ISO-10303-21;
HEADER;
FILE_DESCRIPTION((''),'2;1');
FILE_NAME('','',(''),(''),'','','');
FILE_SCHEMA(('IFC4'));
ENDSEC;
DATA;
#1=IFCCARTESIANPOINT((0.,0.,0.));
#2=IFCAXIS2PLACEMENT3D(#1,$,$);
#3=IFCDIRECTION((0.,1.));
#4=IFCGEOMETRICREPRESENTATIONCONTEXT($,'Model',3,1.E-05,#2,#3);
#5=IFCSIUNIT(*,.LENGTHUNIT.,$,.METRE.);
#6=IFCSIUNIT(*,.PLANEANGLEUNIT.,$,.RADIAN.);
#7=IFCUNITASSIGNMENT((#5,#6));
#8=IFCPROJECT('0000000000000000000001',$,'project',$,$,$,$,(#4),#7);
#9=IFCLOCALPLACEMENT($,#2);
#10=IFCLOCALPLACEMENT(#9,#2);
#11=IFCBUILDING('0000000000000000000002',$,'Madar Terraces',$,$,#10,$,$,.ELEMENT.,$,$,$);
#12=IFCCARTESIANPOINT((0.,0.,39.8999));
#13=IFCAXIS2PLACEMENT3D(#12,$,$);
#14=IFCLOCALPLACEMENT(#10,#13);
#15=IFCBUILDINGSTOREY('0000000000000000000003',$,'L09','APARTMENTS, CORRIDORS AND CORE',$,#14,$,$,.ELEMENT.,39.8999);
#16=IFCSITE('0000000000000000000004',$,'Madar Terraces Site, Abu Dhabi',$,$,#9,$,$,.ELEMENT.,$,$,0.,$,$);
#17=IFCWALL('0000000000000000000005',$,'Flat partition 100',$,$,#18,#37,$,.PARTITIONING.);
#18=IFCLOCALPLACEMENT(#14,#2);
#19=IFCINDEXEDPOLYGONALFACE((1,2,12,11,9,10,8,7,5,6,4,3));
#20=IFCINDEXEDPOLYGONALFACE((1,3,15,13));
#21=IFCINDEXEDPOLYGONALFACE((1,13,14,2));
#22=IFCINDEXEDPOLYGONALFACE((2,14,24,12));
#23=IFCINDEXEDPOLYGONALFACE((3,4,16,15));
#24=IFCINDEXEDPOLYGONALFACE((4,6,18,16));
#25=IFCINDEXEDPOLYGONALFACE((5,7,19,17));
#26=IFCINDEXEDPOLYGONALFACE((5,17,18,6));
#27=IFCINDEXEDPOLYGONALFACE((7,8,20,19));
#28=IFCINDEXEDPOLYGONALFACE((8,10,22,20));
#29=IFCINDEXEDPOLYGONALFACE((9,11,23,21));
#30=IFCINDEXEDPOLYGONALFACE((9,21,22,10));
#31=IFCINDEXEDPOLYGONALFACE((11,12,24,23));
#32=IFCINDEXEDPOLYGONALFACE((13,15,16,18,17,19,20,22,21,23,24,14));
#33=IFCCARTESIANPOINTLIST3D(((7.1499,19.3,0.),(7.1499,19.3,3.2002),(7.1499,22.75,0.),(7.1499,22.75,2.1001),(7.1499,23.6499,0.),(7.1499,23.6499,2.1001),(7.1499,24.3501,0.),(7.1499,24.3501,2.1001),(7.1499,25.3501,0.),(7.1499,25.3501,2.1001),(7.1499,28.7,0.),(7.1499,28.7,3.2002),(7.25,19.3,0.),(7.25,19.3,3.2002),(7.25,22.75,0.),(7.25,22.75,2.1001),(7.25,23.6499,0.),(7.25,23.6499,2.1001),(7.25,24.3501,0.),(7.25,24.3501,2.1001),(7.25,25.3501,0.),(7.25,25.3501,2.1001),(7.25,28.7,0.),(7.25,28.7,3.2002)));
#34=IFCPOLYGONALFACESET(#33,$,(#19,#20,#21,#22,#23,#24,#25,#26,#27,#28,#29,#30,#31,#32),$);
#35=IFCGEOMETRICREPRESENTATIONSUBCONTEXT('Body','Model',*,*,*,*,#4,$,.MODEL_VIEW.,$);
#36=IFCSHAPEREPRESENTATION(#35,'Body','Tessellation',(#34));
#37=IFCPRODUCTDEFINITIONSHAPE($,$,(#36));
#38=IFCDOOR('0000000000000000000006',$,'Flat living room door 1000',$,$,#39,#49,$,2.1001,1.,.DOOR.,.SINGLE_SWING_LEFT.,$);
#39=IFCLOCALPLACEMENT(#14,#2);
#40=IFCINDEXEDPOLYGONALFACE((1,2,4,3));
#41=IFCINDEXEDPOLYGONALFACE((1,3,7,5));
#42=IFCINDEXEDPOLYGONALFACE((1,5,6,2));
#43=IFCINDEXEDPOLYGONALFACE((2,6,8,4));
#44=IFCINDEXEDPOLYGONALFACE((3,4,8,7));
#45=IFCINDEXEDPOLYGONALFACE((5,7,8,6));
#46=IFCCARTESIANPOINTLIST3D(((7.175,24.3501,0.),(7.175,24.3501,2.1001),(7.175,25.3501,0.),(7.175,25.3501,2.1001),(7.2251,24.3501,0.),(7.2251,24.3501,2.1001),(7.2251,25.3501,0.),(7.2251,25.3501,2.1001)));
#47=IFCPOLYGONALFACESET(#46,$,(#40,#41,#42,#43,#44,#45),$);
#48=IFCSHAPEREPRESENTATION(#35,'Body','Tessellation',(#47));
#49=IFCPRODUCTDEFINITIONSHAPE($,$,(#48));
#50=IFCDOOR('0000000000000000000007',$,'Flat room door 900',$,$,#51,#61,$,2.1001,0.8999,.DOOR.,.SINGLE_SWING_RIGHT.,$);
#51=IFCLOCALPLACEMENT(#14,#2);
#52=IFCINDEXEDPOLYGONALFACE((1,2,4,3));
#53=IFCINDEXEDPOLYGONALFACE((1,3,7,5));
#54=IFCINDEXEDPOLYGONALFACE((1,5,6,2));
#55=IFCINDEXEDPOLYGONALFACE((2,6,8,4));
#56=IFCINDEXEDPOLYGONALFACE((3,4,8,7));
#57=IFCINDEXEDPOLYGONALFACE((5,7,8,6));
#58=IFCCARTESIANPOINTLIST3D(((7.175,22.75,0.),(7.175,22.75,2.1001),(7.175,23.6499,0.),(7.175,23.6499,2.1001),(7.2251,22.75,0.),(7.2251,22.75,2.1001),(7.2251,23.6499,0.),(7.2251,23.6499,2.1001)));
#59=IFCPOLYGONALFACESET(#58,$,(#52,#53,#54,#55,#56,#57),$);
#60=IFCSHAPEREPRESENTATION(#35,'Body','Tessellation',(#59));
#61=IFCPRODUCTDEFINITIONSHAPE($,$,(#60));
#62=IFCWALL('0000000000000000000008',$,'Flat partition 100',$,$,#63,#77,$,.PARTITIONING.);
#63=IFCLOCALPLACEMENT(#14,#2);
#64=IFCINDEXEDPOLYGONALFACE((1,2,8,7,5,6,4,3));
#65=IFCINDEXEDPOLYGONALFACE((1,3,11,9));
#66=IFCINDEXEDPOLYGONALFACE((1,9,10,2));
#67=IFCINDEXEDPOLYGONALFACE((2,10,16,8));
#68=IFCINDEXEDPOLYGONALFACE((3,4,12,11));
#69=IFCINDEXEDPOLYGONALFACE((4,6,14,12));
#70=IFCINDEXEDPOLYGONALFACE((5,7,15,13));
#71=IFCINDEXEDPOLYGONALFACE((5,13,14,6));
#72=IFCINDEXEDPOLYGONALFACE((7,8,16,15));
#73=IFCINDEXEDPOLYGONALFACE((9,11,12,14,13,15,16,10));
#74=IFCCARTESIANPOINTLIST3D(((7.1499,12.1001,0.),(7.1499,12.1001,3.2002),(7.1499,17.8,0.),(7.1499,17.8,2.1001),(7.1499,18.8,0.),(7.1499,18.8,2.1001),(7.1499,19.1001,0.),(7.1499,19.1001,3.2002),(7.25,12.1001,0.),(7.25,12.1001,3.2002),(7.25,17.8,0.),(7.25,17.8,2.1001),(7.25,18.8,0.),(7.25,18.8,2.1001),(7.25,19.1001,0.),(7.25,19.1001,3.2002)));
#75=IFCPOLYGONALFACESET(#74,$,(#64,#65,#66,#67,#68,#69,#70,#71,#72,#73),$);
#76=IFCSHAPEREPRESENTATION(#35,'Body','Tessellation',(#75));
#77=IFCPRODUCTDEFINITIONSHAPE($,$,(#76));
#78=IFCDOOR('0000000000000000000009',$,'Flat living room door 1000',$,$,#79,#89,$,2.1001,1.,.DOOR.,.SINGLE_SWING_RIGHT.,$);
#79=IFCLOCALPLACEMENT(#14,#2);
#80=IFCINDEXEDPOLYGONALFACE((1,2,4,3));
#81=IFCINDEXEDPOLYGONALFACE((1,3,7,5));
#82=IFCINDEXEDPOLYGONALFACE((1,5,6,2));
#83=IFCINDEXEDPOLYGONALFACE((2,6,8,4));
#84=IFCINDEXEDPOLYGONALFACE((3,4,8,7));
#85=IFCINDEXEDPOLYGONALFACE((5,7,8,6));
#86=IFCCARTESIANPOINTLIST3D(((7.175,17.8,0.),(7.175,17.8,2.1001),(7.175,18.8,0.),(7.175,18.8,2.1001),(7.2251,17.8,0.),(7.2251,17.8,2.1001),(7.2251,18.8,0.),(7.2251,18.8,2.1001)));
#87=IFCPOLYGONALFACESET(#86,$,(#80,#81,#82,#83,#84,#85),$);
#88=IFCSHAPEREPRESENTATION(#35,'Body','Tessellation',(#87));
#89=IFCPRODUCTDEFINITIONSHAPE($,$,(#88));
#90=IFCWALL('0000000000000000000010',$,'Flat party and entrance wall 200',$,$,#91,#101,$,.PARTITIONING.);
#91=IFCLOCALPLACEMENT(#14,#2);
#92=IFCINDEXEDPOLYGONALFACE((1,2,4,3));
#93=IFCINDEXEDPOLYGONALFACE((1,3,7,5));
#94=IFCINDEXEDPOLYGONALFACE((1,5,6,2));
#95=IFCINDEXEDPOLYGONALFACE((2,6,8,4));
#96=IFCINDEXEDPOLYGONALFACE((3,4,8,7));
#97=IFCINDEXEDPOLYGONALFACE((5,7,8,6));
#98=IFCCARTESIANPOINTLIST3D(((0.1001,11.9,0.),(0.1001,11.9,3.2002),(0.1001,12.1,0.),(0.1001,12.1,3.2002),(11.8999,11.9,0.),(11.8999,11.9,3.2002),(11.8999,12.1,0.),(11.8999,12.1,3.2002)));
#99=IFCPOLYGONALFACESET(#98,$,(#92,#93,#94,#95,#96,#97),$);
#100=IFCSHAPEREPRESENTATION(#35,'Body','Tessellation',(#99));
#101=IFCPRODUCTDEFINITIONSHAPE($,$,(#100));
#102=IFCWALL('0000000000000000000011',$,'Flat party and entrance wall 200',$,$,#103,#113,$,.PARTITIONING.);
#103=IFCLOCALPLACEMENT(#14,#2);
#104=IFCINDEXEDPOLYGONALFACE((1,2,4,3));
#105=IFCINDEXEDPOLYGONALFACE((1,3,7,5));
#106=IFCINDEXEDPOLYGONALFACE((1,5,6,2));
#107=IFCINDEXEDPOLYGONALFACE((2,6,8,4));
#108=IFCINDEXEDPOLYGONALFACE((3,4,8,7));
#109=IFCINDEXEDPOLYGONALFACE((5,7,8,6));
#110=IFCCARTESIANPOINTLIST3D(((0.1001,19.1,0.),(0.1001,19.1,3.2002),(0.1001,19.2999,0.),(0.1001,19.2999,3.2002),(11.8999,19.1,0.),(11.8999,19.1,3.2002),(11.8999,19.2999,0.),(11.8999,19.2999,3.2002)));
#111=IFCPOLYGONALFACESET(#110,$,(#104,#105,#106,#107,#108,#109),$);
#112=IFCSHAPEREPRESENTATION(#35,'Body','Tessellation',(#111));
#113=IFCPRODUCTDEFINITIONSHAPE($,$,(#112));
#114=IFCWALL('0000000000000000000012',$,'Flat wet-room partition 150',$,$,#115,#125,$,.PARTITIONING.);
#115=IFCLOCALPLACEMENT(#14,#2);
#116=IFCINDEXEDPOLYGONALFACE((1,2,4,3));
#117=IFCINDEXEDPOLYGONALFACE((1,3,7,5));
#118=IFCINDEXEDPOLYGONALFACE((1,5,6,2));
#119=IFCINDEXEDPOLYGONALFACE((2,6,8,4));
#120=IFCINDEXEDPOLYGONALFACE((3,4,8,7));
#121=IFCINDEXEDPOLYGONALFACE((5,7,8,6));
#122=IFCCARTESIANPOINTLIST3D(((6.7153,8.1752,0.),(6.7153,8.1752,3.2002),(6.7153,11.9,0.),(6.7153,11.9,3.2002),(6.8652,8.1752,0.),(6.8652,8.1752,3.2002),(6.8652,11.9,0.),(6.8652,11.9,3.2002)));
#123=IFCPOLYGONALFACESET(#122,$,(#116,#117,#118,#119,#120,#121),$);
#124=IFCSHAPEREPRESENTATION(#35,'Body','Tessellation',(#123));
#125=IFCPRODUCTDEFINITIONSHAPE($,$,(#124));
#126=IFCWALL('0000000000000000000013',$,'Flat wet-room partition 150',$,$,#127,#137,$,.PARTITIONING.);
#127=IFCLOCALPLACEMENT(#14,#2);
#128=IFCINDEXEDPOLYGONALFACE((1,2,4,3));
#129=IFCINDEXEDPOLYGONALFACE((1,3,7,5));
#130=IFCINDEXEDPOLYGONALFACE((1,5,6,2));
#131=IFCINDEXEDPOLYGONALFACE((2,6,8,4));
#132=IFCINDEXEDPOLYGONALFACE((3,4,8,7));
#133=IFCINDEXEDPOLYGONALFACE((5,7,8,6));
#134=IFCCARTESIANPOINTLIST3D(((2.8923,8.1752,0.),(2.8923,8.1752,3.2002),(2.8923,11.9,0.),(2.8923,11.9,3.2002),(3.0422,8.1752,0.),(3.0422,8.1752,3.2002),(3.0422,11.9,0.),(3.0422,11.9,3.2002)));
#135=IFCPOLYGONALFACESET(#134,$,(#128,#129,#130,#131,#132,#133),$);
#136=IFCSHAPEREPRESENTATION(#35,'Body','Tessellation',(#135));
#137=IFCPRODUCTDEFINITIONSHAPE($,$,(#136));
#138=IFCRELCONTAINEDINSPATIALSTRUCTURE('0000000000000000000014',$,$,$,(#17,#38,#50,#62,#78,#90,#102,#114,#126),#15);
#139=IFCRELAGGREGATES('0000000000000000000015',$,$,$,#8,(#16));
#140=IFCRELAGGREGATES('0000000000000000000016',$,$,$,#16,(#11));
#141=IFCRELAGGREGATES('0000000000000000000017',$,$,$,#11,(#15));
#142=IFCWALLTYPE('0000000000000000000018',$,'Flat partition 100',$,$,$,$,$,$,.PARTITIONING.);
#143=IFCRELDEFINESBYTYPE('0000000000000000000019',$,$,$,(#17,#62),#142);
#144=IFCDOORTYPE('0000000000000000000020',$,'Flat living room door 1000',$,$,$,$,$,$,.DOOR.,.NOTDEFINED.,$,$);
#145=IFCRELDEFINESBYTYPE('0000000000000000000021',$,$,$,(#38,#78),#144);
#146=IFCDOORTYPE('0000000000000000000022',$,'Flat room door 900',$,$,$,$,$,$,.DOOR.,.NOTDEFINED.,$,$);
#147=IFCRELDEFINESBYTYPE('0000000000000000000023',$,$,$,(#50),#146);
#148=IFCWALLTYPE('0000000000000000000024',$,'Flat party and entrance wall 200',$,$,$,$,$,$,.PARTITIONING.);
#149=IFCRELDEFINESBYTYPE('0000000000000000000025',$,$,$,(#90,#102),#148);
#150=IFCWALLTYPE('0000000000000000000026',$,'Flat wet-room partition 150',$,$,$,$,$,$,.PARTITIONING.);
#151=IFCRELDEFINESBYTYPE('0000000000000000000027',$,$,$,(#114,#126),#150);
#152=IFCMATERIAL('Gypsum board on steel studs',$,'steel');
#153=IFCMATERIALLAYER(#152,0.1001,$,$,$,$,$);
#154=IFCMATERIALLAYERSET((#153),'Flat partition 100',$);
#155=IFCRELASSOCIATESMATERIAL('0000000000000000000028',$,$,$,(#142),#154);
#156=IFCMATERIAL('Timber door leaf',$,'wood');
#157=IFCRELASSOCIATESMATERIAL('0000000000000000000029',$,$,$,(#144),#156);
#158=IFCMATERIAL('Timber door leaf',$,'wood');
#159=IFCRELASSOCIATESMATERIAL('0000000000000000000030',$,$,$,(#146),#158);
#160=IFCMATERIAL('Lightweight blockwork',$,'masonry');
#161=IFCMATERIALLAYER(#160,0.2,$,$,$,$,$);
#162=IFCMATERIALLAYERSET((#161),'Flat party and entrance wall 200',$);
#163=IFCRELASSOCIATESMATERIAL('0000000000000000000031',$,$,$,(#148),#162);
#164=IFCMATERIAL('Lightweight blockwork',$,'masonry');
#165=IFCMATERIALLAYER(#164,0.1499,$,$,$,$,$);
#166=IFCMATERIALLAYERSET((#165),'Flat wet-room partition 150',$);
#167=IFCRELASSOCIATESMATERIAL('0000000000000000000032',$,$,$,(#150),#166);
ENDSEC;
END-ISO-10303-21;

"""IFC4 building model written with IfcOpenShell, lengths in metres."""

from ifc_helpers import new_model, si_unit, direction, frame, frame_2d, origin, place, context, subcontext, project, spatial, rectangle, extrude, material, layer, layer_set, type_object, element, fill, save


model = new_model("IFC4")

# Units and contexts
model_context = context("Model", 3, precision=1e-05, world=origin(), true_north=direction((0.0, 1.0)))
body_context = subcontext(model_context, "Body", "Model", "MODEL_VIEW")
ifc_project = project(units=[si_unit("LENGTHUNIT", "METRE"), si_unit("PLANEANGLEUNIT", "RADIAN")], contexts=[model_context])

# Site, building, storey
site_placement = place(None, origin())
site = spatial("IfcSite", under=ifc_project, at=site_placement, Name="Madar Terraces Site, Abu Dhabi", CompositionType="ELEMENT", RefElevation=0.0)
building_placement = place(site_placement, origin())
building = spatial("IfcBuilding", under=site, at=building_placement, Name="Madar Terraces", CompositionType="ELEMENT")
storey_placement = place(building_placement, frame((0.0, 0.0, 39.8999)))
storey = spatial("IfcBuildingStorey", under=building, at=storey_placement, Name="L09", Description="APARTMENTS, CORRIDORS AND CORE", CompositionType="ELEMENT", Elevation=39.8999)

# Shared definitions
ifc_material_1 = material(Name="Gypsum board on steel studs", Category="steel")
ifc_layer_1 = layer(ifc_material_1, 0.1001)
ifc_layer_set_1 = layer_set([ifc_layer_1], Name="Flat partition 100")
wall_type_1 = type_object("IfcWallType", Name="Flat partition 100", PredefinedType="PARTITIONING", material=ifc_layer_set_1)

# Wall, openings, doors
wall_1_placement = place(storey_placement, frame((7.2, 19.3, 0.0), z_axis=(0.0, 0.0, 1.0), x_axis=(0.0, 1.0, 0.0)))
wall_1 = element("IfcWall", 1, at=wall_1_placement, inside=storey, type_object=wall_type_1, Name="Flat partition 100", PredefinedType="PARTITIONING", context=body_context, shape_type="SweptSolid", body=[
    extrude(rectangle(XDim=9.3999, YDim=0.1001, at=frame_2d((4.7, 0.0))), origin(), (0.0, 0.0, 1.0), 3.2002),
])
opening_1_placement = place(wall_1_placement, frame((5.05, 0.0, 0.0)))
opening_1 = element("IfcOpeningElement", 2, at=opening_1_placement, cuts=wall_1, PredefinedType="OPENING", context=body_context, shape_type="SweptSolid", body=[
    extrude(rectangle(XDim=1.0, YDim=2.1001, at=frame_2d((0.5, 1.05))), frame((0.0, 0.0601, 0.0), z_axis=(0.0, -1.0, 0.0), x_axis=(1.0, 0.0, 0.0)), (0.0, 0.0, 1.0), 0.1201),
])
opening_2_placement = place(wall_1_placement, frame((3.45, 0.0, 0.0)))
opening_2 = element("IfcOpeningElement", 3, at=opening_2_placement, cuts=wall_1, PredefinedType="OPENING", context=body_context, shape_type="SweptSolid", body=[
    extrude(rectangle(XDim=0.8999, YDim=2.1001, at=frame_2d((0.45, 1.05))), frame((0.0, 0.0601, 0.0), z_axis=(0.0, -1.0, 0.0), x_axis=(1.0, 0.0, 0.0)), (0.0, 0.0, 1.0), 0.1201),
])
ifc_material_2 = material(Name="Timber door leaf", Category="wood")
door_type_1 = type_object("IfcDoorType", Name="Flat living room door 1000", OperationType="NOTDEFINED", PredefinedType="DOOR", material=ifc_material_2)
door_1_placement = place(opening_1_placement, origin())
door_1 = element("IfcDoor", 4, at=door_1_placement, inside=storey, type_object=door_type_1, Name="Flat living room door 1000", OperationType="SINGLE_SWING_LEFT", OverallHeight=2.1001, OverallWidth=1.0, PredefinedType="DOOR", context=body_context, shape_type="SweptSolid", body=[
    extrude(rectangle(XDim=1.0, YDim=2.1001, at=frame_2d((0.5, 1.05))), frame((0.0, 0.0249, 0.0), z_axis=(0.0, -1.0, 0.0), x_axis=(1.0, 0.0, 0.0)), (0.0, 0.0, 1.0), 0.05),
])
fill(opening_1, door_1)
ifc_material_3 = material(Name="Timber door leaf", Category="wood")
door_type_2 = type_object("IfcDoorType", Name="Flat room door 900", OperationType="NOTDEFINED", PredefinedType="DOOR", material=ifc_material_3)
door_2_placement = place(opening_2_placement, origin())
door_2 = element("IfcDoor", 5, at=door_2_placement, inside=storey, type_object=door_type_2, Name="Flat room door 900", OperationType="SINGLE_SWING_RIGHT", OverallHeight=2.1001, OverallWidth=0.8999, PredefinedType="DOOR", context=body_context, shape_type="SweptSolid", body=[
    extrude(rectangle(XDim=0.8999, YDim=2.1001, at=frame_2d((0.45, 1.05))), frame((0.0, 0.0249, 0.0), z_axis=(0.0, -1.0, 0.0), x_axis=(1.0, 0.0, 0.0)), (0.0, 0.0, 1.0), 0.05),
])
fill(opening_2, door_2)

# Wall, opening, door
wall_2_placement = place(storey_placement, frame((7.2, 12.1001, 0.0), z_axis=(0.0, 0.0, 1.0), x_axis=(0.0, 1.0, 0.0)))
wall_2 = element("IfcWall", 6, at=wall_2_placement, inside=storey, type_object=wall_type_1, Name="Flat partition 100", PredefinedType="PARTITIONING", context=body_context, shape_type="SweptSolid", body=[
    extrude(rectangle(XDim=7.0, YDim=0.1001, at=frame_2d((3.5, 0.0))), origin(), (0.0, 0.0, 1.0), 3.2002),
])
opening_3_placement = place(wall_2_placement, frame((5.7, 0.0, 0.0)))
opening_3 = element("IfcOpeningElement", 7, at=opening_3_placement, cuts=wall_2, PredefinedType="OPENING", context=body_context, shape_type="SweptSolid", body=[
    extrude(rectangle(XDim=1.0, YDim=2.1001, at=frame_2d((0.5, 1.05))), frame((0.0, 0.0601, 0.0), z_axis=(0.0, -1.0, 0.0), x_axis=(1.0, 0.0, 0.0)), (0.0, 0.0, 1.0), 0.1201),
])
door_3_placement = place(opening_3_placement, origin())
door_3 = element("IfcDoor", 8, at=door_3_placement, inside=storey, type_object=door_type_1, Name="Flat living room door 1000", OperationType="SINGLE_SWING_RIGHT", OverallHeight=2.1001, OverallWidth=1.0, PredefinedType="DOOR", context=body_context, shape_type="SweptSolid", body=[
    extrude(rectangle(XDim=1.0, YDim=2.1001, at=frame_2d((0.5, 1.05))), frame((0.0, 0.0249, 0.0), z_axis=(0.0, -1.0, 0.0), x_axis=(1.0, 0.0, 0.0)), (0.0, 0.0, 1.0), 0.05),
])
fill(opening_3, door_3)

# Walls
ifc_material_4 = material(Name="Lightweight blockwork", Category="masonry")
ifc_layer_2 = layer(ifc_material_4, 0.2)
ifc_layer_set_2 = layer_set([ifc_layer_2], Name="Flat party and entrance wall 200")
wall_type_2 = type_object("IfcWallType", Name="Flat party and entrance wall 200", PredefinedType="PARTITIONING", material=ifc_layer_set_2)
for number, where, z_axis, x_axis, name in (
    (9, (0.1001, 12.0, 0.0), (0.0, 0.0, 1.0), (1.0, 0.0, 0.0), "Flat party and entrance wall 200"),
    (10, (0.1001, 19.2, 0.0), (0.0, 0.0, 1.0), (1.0, 0.0, 0.0), "Flat party and entrance wall 200"),
):
    element("IfcWall", number, at=place(storey_placement, frame(where, z_axis=z_axis, x_axis=x_axis)), inside=storey, type_object=wall_type_2, Name=name, PredefinedType="PARTITIONING", context=body_context, shape_type="SweptSolid", body=[
        extrude(rectangle(XDim=11.7998, YDim=0.2, at=frame_2d((5.8999, 0.0))), origin(), (0.0, 0.0, 1.0), 3.2002),
    ])
ifc_material_5 = material(Name="Lightweight blockwork", Category="masonry")
ifc_layer_3 = layer(ifc_material_5, 0.1499)
ifc_layer_set_3 = layer_set([ifc_layer_3], Name="Flat wet-room partition 150")
wall_type_3 = type_object("IfcWallType", Name="Flat wet-room partition 150", PredefinedType="PARTITIONING", material=ifc_layer_set_3)
for number, where, z_axis, x_axis, name in (
    (11, (6.7903, 11.8999, 0.0), (0.0, 0.0, 1.0), (0.0, -1.0, 0.0), "Flat wet-room partition 150"),
    (12, (2.9673, 11.8999, 0.0), (0.0, 0.0, 1.0), (0.0, -1.0, 0.0), "Flat wet-room partition 150"),
):
    element("IfcWall", number, at=place(storey_placement, frame(where, z_axis=z_axis, x_axis=x_axis)), inside=storey, type_object=wall_type_3, Name=name, PredefinedType="PARTITIONING", context=body_context, shape_type="SweptSolid", body=[
        extrude(rectangle(XDim=3.7249, YDim=0.1499, at=frame_2d((1.8623, 0.0))), origin(), (0.0, 0.0, 1.0), 3.2002),
    ])

save(model, "model.ifc")
